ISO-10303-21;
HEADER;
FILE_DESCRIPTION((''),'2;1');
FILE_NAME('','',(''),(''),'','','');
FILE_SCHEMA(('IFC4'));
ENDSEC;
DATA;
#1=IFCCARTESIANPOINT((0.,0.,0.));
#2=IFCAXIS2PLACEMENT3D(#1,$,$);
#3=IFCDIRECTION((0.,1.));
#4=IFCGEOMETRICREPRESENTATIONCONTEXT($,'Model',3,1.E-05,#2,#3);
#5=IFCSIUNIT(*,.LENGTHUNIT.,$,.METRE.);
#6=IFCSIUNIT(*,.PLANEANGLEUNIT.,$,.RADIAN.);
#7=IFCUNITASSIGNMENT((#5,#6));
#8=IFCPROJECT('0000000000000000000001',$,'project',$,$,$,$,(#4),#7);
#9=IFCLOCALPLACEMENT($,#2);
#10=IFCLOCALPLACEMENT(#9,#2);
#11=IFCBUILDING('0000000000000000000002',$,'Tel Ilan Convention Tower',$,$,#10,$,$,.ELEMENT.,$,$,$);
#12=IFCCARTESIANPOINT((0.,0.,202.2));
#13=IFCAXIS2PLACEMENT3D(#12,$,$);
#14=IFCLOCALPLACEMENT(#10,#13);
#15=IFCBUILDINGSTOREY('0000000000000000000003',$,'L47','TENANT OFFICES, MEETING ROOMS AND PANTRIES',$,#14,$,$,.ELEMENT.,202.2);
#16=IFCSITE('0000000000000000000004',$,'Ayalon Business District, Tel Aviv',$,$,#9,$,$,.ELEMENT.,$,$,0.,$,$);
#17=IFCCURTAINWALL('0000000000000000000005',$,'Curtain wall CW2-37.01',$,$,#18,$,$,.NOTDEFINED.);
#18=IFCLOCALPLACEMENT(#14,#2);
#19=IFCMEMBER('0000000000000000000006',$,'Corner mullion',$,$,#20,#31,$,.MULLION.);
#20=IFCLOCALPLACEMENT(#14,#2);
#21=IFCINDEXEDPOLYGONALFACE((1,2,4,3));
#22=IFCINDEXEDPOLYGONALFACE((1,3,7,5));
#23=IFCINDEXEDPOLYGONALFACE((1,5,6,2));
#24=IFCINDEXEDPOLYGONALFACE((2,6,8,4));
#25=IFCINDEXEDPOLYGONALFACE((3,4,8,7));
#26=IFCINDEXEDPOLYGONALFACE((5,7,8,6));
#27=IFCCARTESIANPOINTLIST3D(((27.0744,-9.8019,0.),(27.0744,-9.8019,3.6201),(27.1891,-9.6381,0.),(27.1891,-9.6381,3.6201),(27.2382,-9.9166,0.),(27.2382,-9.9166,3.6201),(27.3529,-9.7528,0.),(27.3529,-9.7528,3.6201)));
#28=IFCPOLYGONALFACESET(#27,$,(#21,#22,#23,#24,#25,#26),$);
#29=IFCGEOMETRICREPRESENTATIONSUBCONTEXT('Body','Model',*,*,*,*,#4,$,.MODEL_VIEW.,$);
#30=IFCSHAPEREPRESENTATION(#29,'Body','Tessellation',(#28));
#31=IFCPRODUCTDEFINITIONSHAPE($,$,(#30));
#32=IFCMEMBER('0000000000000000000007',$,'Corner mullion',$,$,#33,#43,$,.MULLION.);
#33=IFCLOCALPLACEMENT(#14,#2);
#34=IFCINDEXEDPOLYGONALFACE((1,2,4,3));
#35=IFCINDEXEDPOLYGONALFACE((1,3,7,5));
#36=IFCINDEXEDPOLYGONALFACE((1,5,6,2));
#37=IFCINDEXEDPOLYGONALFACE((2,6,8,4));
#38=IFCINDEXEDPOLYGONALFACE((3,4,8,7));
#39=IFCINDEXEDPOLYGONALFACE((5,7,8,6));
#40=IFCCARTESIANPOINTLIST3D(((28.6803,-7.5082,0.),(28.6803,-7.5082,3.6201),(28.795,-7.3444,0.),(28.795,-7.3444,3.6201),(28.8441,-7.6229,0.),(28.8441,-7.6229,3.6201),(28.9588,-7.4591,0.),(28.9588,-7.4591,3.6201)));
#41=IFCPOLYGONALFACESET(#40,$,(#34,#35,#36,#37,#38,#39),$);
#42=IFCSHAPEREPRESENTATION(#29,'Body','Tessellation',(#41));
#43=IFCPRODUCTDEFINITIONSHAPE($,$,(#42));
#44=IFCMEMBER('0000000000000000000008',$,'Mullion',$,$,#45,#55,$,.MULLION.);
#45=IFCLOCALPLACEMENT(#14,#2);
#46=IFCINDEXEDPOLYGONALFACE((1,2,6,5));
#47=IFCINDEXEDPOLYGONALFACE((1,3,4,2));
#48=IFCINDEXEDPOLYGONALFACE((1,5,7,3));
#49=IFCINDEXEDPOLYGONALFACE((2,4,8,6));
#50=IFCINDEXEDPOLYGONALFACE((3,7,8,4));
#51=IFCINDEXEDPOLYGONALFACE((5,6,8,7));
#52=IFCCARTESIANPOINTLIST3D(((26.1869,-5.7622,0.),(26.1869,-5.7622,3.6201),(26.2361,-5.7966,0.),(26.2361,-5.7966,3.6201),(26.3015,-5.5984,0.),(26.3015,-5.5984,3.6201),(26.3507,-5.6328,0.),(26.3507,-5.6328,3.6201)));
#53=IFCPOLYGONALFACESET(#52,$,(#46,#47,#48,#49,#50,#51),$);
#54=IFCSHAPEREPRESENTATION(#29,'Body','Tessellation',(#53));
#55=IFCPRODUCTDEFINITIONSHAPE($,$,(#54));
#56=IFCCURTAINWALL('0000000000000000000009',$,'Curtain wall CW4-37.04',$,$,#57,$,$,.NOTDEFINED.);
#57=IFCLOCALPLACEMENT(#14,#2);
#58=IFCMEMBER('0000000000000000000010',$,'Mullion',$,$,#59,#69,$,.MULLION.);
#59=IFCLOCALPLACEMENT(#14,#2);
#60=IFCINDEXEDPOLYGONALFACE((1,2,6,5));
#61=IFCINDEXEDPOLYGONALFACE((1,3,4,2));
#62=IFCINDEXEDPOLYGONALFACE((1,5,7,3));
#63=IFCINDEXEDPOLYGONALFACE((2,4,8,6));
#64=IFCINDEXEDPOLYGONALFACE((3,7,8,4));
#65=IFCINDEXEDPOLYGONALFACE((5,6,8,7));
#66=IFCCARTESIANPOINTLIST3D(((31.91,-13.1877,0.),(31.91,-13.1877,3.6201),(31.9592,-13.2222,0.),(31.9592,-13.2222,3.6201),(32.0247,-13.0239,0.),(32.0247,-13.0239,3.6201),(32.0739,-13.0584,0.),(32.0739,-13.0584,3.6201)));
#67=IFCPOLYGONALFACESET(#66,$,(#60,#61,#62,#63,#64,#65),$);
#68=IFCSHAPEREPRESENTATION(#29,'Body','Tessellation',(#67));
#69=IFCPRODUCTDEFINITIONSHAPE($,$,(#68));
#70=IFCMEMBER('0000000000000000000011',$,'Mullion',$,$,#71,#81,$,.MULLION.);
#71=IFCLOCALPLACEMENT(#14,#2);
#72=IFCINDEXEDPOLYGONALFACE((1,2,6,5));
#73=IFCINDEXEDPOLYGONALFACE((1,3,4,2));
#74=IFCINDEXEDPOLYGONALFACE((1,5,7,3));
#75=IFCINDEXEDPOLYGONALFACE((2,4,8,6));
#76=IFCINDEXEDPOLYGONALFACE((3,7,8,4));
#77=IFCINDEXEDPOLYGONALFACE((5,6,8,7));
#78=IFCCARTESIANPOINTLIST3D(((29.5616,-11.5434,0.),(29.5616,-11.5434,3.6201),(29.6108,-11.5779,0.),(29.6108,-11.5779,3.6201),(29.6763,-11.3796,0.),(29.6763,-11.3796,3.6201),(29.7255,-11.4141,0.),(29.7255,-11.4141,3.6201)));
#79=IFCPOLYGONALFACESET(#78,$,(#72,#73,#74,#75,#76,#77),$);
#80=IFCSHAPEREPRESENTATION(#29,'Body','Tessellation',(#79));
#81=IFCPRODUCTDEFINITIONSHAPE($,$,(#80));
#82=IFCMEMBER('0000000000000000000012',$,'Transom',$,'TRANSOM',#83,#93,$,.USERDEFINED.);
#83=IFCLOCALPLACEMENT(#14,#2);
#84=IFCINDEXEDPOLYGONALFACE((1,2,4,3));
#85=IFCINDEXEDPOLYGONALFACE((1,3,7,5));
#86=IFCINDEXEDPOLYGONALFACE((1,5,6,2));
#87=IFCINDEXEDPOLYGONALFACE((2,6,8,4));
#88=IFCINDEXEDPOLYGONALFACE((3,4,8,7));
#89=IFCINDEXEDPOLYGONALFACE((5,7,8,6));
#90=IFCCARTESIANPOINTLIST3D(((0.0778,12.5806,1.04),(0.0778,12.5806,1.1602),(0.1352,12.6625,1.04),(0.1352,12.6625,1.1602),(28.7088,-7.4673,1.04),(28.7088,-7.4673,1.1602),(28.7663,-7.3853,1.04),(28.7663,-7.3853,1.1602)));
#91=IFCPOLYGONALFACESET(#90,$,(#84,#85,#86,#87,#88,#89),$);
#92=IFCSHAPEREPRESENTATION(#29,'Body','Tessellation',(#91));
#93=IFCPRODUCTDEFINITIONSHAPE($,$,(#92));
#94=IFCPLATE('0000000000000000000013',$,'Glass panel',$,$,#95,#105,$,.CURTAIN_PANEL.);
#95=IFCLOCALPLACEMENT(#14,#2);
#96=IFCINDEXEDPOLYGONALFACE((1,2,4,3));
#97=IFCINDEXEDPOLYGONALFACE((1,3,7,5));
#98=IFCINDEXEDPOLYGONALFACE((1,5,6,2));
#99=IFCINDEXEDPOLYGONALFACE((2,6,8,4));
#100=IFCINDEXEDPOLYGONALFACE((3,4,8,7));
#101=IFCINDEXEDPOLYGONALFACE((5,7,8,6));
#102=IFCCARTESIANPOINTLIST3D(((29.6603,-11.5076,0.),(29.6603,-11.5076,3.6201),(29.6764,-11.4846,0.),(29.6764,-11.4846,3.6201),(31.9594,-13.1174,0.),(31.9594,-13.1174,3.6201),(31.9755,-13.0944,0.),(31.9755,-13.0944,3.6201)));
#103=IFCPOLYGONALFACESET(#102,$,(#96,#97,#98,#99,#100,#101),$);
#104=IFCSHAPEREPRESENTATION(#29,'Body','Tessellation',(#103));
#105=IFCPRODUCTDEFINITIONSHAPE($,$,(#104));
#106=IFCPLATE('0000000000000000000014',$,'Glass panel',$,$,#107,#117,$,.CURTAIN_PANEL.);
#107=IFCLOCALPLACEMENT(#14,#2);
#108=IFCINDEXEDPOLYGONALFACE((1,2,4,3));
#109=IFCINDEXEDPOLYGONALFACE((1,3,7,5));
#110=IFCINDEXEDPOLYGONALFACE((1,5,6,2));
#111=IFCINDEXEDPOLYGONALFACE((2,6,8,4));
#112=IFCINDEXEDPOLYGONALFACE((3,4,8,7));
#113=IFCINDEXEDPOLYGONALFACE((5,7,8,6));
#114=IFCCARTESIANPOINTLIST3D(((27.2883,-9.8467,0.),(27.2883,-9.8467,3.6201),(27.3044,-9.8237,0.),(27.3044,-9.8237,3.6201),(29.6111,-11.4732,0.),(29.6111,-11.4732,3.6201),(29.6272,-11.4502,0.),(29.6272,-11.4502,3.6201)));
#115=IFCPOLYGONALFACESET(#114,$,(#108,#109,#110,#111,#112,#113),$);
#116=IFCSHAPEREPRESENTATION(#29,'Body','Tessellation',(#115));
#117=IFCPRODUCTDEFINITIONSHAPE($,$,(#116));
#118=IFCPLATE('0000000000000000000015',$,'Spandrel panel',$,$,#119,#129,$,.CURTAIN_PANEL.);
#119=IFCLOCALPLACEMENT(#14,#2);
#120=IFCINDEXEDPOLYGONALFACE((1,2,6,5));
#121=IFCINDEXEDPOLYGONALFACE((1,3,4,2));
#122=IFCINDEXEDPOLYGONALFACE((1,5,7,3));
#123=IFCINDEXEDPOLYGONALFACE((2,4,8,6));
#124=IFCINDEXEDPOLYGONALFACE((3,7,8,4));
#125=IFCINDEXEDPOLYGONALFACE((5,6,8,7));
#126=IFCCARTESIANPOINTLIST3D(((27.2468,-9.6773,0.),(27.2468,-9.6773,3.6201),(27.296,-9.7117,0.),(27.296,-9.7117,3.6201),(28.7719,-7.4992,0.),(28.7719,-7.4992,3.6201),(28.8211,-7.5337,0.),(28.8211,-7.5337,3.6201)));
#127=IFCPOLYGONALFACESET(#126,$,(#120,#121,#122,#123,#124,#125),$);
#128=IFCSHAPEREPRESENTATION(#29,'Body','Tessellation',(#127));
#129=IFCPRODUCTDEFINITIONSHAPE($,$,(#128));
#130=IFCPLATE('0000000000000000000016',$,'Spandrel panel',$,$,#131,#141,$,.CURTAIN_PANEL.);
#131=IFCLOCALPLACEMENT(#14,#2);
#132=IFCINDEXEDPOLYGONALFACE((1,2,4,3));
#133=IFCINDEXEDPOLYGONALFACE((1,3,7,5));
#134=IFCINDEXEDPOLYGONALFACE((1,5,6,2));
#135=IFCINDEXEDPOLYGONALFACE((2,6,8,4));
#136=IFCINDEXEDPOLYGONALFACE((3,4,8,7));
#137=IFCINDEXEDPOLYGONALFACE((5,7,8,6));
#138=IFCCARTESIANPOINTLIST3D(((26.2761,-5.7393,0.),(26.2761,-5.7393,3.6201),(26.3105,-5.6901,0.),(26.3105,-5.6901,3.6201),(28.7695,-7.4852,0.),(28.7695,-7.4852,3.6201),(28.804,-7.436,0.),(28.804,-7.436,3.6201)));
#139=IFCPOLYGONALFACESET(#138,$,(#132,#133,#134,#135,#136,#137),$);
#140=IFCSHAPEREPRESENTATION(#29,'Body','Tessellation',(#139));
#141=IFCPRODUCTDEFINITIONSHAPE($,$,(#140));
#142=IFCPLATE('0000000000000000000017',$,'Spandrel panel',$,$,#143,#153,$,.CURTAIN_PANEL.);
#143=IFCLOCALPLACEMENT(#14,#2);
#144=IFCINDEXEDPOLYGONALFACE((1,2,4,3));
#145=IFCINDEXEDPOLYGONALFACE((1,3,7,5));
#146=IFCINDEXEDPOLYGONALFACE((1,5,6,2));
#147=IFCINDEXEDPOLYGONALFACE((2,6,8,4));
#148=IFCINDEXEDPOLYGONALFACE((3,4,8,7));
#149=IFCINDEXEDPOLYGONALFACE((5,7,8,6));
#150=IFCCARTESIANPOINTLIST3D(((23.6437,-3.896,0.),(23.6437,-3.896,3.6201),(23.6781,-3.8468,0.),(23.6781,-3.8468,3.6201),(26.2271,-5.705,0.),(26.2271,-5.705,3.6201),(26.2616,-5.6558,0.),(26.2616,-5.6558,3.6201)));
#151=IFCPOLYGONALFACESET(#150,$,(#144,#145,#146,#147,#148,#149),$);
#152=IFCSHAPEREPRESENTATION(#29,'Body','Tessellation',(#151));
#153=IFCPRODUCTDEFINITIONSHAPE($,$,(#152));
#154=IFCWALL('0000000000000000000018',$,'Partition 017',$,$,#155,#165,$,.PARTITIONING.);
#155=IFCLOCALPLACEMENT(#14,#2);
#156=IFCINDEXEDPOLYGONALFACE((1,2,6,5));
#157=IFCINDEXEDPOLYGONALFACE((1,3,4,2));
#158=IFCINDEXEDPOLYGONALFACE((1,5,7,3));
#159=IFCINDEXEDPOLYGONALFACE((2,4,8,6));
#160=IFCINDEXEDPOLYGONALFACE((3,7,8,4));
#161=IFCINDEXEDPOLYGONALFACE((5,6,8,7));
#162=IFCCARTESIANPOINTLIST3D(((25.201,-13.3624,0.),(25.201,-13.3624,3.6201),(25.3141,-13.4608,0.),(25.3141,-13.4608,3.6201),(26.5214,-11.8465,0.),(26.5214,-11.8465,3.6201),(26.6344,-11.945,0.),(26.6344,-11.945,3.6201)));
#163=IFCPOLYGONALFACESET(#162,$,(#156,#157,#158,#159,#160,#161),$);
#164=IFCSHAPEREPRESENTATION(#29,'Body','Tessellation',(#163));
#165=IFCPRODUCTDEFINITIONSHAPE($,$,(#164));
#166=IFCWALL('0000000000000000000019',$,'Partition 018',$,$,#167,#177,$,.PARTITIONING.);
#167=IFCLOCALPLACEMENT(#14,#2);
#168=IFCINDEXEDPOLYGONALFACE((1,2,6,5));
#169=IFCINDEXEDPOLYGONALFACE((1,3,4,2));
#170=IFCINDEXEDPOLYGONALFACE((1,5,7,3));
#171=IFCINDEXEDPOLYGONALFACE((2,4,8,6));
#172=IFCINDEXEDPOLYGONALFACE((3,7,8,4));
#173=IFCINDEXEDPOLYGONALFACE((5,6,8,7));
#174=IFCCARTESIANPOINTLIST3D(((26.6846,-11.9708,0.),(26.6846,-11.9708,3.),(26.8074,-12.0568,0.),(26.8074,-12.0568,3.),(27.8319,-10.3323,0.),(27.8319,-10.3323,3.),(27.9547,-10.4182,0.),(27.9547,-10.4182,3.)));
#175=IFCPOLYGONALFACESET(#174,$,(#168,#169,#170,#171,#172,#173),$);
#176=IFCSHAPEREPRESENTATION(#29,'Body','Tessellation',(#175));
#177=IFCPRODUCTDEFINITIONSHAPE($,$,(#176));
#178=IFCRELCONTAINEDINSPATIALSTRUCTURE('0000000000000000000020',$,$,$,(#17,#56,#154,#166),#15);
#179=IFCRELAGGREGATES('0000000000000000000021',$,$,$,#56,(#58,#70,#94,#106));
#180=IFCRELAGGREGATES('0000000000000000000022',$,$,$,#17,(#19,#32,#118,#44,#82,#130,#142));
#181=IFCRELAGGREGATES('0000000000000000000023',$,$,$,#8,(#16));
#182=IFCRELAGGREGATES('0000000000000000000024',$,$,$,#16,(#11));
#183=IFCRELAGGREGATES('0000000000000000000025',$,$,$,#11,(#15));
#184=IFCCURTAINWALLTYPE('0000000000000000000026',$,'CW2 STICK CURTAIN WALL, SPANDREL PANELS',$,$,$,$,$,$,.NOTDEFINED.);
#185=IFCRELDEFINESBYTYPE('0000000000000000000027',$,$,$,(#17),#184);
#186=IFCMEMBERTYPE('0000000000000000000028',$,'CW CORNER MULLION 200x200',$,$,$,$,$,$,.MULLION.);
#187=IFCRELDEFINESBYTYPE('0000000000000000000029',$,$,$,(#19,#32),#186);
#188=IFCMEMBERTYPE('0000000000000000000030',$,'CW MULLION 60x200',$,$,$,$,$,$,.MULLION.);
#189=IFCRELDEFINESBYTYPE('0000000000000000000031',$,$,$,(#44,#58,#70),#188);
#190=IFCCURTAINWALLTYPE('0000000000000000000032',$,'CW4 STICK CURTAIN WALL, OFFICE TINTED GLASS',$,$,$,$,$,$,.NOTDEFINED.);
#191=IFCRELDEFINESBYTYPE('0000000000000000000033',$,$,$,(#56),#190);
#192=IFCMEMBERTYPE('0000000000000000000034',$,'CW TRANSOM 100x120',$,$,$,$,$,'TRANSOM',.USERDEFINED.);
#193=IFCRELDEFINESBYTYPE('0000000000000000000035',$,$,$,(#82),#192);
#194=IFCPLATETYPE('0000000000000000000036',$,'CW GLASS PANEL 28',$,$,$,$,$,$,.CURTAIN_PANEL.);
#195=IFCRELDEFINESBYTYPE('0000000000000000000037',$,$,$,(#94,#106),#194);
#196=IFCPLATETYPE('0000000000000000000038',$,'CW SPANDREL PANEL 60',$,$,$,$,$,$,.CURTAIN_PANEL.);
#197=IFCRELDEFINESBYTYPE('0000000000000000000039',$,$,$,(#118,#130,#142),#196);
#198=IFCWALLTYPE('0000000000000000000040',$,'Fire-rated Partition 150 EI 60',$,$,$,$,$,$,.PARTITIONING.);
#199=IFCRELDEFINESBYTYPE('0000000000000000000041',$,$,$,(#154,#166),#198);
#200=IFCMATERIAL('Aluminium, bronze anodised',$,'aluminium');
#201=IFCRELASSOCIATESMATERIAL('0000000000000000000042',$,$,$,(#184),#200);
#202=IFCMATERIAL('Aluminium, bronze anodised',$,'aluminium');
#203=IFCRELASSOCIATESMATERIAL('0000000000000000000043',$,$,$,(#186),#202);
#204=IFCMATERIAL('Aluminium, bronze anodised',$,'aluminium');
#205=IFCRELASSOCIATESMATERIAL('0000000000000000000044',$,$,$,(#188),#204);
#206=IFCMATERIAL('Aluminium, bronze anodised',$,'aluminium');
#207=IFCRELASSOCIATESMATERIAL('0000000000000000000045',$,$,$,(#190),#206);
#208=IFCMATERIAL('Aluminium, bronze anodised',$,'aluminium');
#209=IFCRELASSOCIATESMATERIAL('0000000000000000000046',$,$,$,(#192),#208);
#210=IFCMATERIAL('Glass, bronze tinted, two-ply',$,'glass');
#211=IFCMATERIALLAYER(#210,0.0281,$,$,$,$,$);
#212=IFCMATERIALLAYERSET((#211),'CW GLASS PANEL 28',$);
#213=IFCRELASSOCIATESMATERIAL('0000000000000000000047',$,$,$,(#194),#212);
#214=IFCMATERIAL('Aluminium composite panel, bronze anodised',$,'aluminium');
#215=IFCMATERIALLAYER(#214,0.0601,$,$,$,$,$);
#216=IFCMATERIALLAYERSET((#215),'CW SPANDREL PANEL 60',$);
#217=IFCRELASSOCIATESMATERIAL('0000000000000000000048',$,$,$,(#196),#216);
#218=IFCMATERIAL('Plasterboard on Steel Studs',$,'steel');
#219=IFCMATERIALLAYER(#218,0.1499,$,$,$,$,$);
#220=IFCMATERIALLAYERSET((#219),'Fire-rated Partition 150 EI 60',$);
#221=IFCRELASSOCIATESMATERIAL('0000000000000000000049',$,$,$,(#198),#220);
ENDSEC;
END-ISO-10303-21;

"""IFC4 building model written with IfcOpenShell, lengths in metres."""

from ifc_helpers import new_model, si_unit, direction, frame, frame_2d, origin, origin_2d, place, context, subcontext, project, spatial, rectangle, extrude, material, layer, layer_set, material_profile, profile_set, type_object, element, aggregate, save


model = new_model("IFC4")

# Units and contexts
model_context = context("Model", 3, precision=1e-05, world=origin(), true_north=direction((0.0, 1.0)))
body_context = subcontext(model_context, "Body", "Model", "MODEL_VIEW")
ifc_project = project(units=[si_unit("LENGTHUNIT", "METRE"), si_unit("PLANEANGLEUNIT", "RADIAN")], contexts=[model_context])

# Site, building, storey
site_placement = place(None, origin())
site = spatial("IfcSite", under=ifc_project, at=site_placement, Name="Ayalon Business District, Tel Aviv", CompositionType="ELEMENT", RefElevation=0.0)
building_placement = place(site_placement, origin())
building = spatial("IfcBuilding", under=site, at=building_placement, Name="Tel Ilan Convention Tower", CompositionType="ELEMENT")
storey_placement = place(building_placement, frame((0.0, 0.0, 202.2)))
storey = spatial("IfcBuildingStorey", under=building, at=storey_placement, Name="L47", Description="TENANT OFFICES, MEETING ROOMS AND PANTRIES", CompositionType="ELEMENT", Elevation=202.2)

# Curtain walls, members
ifc_material_1 = material(Name="Aluminium, bronze anodised", Category="aluminium")
curtain_wall_type_1 = type_object("IfcCurtainWallType", Name="CW2 STICK CURTAIN WALL, SPANDREL PANELS", PredefinedType="NOTDEFINED", material=ifc_material_1)
curtain_wall_1_placement = place(storey_placement, origin())
curtain_wall_1 = element("IfcCurtainWall", 1, at=curtain_wall_1_placement, inside=storey, type_object=curtain_wall_type_1, Name="Curtain wall CW2-37.01", PredefinedType="NOTDEFINED")
ifc_material_2 = material(Name="Aluminium, bronze anodised", Category="aluminium")
ifc_material_profile_1 = material_profile(ifc_material_2, rectangle(XDim=0.2, YDim=0.2, at=origin_2d()), Name="CW CORNER MULLION 200x200")
ifc_profile_set_1 = profile_set([ifc_material_profile_1], Name="Aluminium, bronze anodised")
member_type_1 = type_object("IfcMemberType", Name="CW CORNER MULLION 200x200", PredefinedType="MULLION", material=ifc_profile_set_1)
member_1_placement = place(storey_placement, frame((27.2136, -9.7773, 0.0), z_axis=(0.0, 0.0, 1.0), x_axis=(-0.819152, 0.573576, 0.0)))
member_1 = element("IfcMember", 2, at=member_1_placement, type_object=member_type_1, Name="Corner mullion", PredefinedType="MULLION", context=body_context, shape_type="SweptSolid", body=[
    extrude(rectangle(XDim=0.2, YDim=0.2, at=origin_2d()), origin(), (0.0, 0.0, 1.0), 3.6201),
])
member_2_placement = place(storey_placement, frame((28.8196, -7.4836, 0.0), z_axis=(0.0, 0.0, 1.0), x_axis=(0.573576, 0.819152, 0.0)))
member_2 = element("IfcMember", 3, at=member_2_placement, type_object=member_type_1, Name="Corner mullion", PredefinedType="MULLION", context=body_context, shape_type="SweptSolid", body=[
    extrude(rectangle(XDim=0.2, YDim=0.2, at=origin_2d()), origin(), (0.0, 0.0, 1.0), 3.6201),
])
ifc_material_3 = material(Name="Aluminium, bronze anodised", Category="aluminium")
ifc_material_profile_2 = material_profile(ifc_material_3, rectangle(XDim=0.0601, YDim=0.2, at=origin_2d()), Name="CW MULLION 60x200")
ifc_profile_set_2 = profile_set([ifc_material_profile_2], Name="Aluminium, bronze anodised")
member_type_2 = type_object("IfcMemberType", Name="CW MULLION 60x200", PredefinedType="MULLION", material=ifc_profile_set_2)
member_3_placement = place(storey_placement, frame((26.2688, -5.6975, 0.0), z_axis=(0.0, 0.0, 1.0), x_axis=(-0.819152, 0.573576, 0.0)))
member_3 = element("IfcMember", 4, at=member_3_placement, type_object=member_type_2, Name="Mullion", PredefinedType="MULLION", context=body_context, shape_type="SweptSolid", body=[
    extrude(rectangle(XDim=0.0601, YDim=0.2, at=origin_2d()), origin(), (0.0, 0.0, 1.0), 3.6201),
])
ifc_material_4 = material(Name="Aluminium, bronze anodised", Category="aluminium")
curtain_wall_type_2 = type_object("IfcCurtainWallType", Name="CW4 STICK CURTAIN WALL, OFFICE TINTED GLASS", PredefinedType="NOTDEFINED", material=ifc_material_4)
curtain_wall_2_placement = place(storey_placement, origin())
curtain_wall_2 = element("IfcCurtainWall", 5, at=curtain_wall_2_placement, inside=storey, type_object=curtain_wall_type_2, Name="Curtain wall CW4-37.04", PredefinedType="NOTDEFINED")
member_4_placement = place(storey_placement, frame((31.9919, -13.123, 0.0), z_axis=(0.0, 0.0, 1.0), x_axis=(-0.819152, 0.573576, 0.0)))
member_4 = element("IfcMember", 6, at=member_4_placement, type_object=member_type_2, Name="Mullion", PredefinedType="MULLION", context=body_context, shape_type="SweptSolid", body=[
    extrude(rectangle(XDim=0.0601, YDim=0.2, at=origin_2d()), origin(), (0.0, 0.0, 1.0), 3.6201),
])
member_5_placement = place(storey_placement, frame((29.6436, -11.4788, 0.0), z_axis=(0.0, 0.0, 1.0), x_axis=(-0.819152, 0.573576, 0.0)))
member_5 = element("IfcMember", 7, at=member_5_placement, type_object=member_type_2, Name="Mullion", PredefinedType="MULLION", context=body_context, shape_type="SweptSolid", body=[
    extrude(rectangle(XDim=0.0601, YDim=0.2, at=origin_2d()), origin(), (0.0, 0.0, 1.0), 3.6201),
])

# Member
ifc_material_5 = material(Name="Aluminium, bronze anodised", Category="aluminium")
ifc_material_profile_3 = material_profile(ifc_material_5, rectangle(XDim=0.1001, YDim=0.1201, at=origin_2d()), Name="CW TRANSOM 100x120")
ifc_profile_set_3 = profile_set([ifc_material_profile_3], Name="Aluminium, bronze anodised")
member_type_3 = type_object("IfcMemberType", Name="CW TRANSOM 100x120", ElementType="TRANSOM", PredefinedType="USERDEFINED", material=ifc_profile_set_3)
member_6_placement = place(storey_placement, frame((28.7375, -7.4263, 1.1001), z_axis=(-0.81915, 0.573579, 0.0), x_axis=(-0.573579, -0.81915, 0.0)))
member_6 = element("IfcMember", 8, at=member_6_placement, type_object=member_type_3, Name="Transom", ObjectType="TRANSOM", PredefinedType="USERDEFINED", context=body_context, shape_type="SweptSolid", body=[
    extrude(rectangle(XDim=0.1001, YDim=0.1201, at=origin_2d()), origin(), (0.0, 0.0, 1.0), 34.9521),
])

# Plates
ifc_material_6 = material(Name="Glass, bronze tinted, two-ply", Category="glass")
ifc_layer_1 = layer(ifc_material_6, 0.0281)
ifc_layer_set_1 = layer_set([ifc_layer_1], Name="CW GLASS PANEL 28")
plate_type_1 = type_object("IfcPlateType", Name="CW GLASS PANEL 28", PredefinedType="CURTAIN_PANEL", material=ifc_layer_set_1)
plate_1_placement = place(storey_placement, frame((30.8179, -12.301, 0.0), z_axis=(0.0, 0.0, 1.0), x_axis=(-0.819152, 0.573576, 0.0)))
plate_1 = element("IfcPlate", 9, at=plate_1_placement, type_object=plate_type_1, Name="Glass panel", PredefinedType="CURTAIN_PANEL", context=body_context, shape_type="SweptSolid", body=[
    extrude(rectangle(XDim=2.8066, YDim=0.0281, at=origin_2d()), origin(), (0.0, 0.0, 1.0), 3.6201),
])
plate_2_placement = place(storey_placement, frame((28.4578, -10.6484, 0.0), z_axis=(0.0, 0.0, 1.0), x_axis=(-0.819152, 0.573576, 0.0)))
plate_2 = element("IfcPlate", 10, at=plate_2_placement, type_object=plate_type_1, Name="Glass panel", PredefinedType="CURTAIN_PANEL", context=body_context, shape_type="SweptSolid", body=[
    extrude(rectangle(XDim=2.8357, YDim=0.0281, at=origin_2d()), origin(), (0.0, 0.0, 1.0), 3.6201),
])
aggregate(curtain_wall_2, [member_4, member_5, plate_1, plate_2])
ifc_material_7 = material(Name="Aluminium composite panel, bronze anodised", Category="aluminium")
ifc_layer_2 = layer(ifc_material_7, 0.0601)
ifc_layer_set_2 = layer_set([ifc_layer_2], Name="CW SPANDREL PANEL 60")
plate_type_2 = type_object("IfcPlateType", Name="CW SPANDREL PANEL 60", PredefinedType="CURTAIN_PANEL", material=ifc_layer_set_2)
plate_3_placement = place(storey_placement, frame((28.0339, -8.6055, 0.0), z_axis=(0.0, 0.0, 1.0), x_axis=(0.573576, 0.819152, 0.0)))
plate_3 = element("IfcPlate", 11, at=plate_3_placement, type_object=plate_type_2, Name="Spandrel panel", PredefinedType="CURTAIN_PANEL", context=body_context, shape_type="SweptSolid", body=[
    extrude(rectangle(XDim=2.6589, YDim=0.0601, at=origin_2d()), origin(), (0.0, 0.0, 1.0), 3.6201),
])
plate_4_placement = place(storey_placement, frame((27.54, -6.5876, 0.0), z_axis=(0.0, 0.0, 1.0), x_axis=(-0.819152, 0.573576, 0.0)))
plate_4 = element("IfcPlate", 12, at=plate_4_placement, type_object=plate_type_2, Name="Spandrel panel", PredefinedType="CURTAIN_PANEL", context=body_context, shape_type="SweptSolid", body=[
    extrude(rectangle(XDim=3.0439, YDim=0.0601, at=origin_2d()), origin(), (0.0, 0.0, 1.0), 3.6201),
])
plate_5_placement = place(storey_placement, frame((24.9526, -4.7759, 0.0), z_axis=(0.0, 0.0, 1.0), x_axis=(-0.819152, 0.573576, 0.0)))
plate_5 = element("IfcPlate", 13, at=plate_5_placement, type_object=plate_type_2, Name="Spandrel panel", PredefinedType="CURTAIN_PANEL", context=body_context, shape_type="SweptSolid", body=[
    extrude(rectangle(XDim=3.1538, YDim=0.0601, at=origin_2d()), origin(), (0.0, 0.0, 1.0), 3.6201),
])
aggregate(curtain_wall_1, [member_1, member_2, plate_3, member_3, member_6, plate_4, plate_5])

# Walls
ifc_material_8 = material(Name="Plasterboard on Steel Studs", Category="steel")
ifc_layer_3 = layer(ifc_material_8, 0.1499)
ifc_layer_set_3 = layer_set([ifc_layer_3], Name="Fire-rated Partition 150 EI 60")
wall_type_1 = type_object("IfcWallType", Name="Fire-rated Partition 150 EI 60", PredefinedType="PARTITIONING", material=ifc_layer_set_3)
wall_1_placement = place(storey_placement, frame((25.2576, -13.4116, 0.0), z_axis=(0.0, 0.0, 1.0), x_axis=(0.656792, 0.754072, 0.0)))
element("IfcWall", 14, at=wall_1_placement, inside=storey, type_object=wall_type_1, Name="Partition 017", PredefinedType="PARTITIONING", context=body_context, shape_type="SweptSolid", body=[
    extrude(rectangle(XDim=2.0103, YDim=0.1499, at=frame_2d((1.0051, 0.0))), origin(), (0.0, 0.0, 1.0), 3.6201),
])
wall_2_placement = place(storey_placement, frame((26.7461, -12.0137, 0.0), z_axis=(0.0, 0.0, 1.0), x_axis=(0.573569, 0.819157, 0.0)))
element("IfcWall", 15, at=wall_2_placement, inside=storey, type_object=wall_type_1, Name="Partition 018", PredefinedType="PARTITIONING", context=body_context, shape_type="SweptSolid", body=[
    extrude(rectangle(XDim=2.0002, YDim=0.1499, at=frame_2d((1.0, 0.0))), origin(), (0.0, 0.0, 1.0), 3.0),
])

save(model, "model.ifc")
